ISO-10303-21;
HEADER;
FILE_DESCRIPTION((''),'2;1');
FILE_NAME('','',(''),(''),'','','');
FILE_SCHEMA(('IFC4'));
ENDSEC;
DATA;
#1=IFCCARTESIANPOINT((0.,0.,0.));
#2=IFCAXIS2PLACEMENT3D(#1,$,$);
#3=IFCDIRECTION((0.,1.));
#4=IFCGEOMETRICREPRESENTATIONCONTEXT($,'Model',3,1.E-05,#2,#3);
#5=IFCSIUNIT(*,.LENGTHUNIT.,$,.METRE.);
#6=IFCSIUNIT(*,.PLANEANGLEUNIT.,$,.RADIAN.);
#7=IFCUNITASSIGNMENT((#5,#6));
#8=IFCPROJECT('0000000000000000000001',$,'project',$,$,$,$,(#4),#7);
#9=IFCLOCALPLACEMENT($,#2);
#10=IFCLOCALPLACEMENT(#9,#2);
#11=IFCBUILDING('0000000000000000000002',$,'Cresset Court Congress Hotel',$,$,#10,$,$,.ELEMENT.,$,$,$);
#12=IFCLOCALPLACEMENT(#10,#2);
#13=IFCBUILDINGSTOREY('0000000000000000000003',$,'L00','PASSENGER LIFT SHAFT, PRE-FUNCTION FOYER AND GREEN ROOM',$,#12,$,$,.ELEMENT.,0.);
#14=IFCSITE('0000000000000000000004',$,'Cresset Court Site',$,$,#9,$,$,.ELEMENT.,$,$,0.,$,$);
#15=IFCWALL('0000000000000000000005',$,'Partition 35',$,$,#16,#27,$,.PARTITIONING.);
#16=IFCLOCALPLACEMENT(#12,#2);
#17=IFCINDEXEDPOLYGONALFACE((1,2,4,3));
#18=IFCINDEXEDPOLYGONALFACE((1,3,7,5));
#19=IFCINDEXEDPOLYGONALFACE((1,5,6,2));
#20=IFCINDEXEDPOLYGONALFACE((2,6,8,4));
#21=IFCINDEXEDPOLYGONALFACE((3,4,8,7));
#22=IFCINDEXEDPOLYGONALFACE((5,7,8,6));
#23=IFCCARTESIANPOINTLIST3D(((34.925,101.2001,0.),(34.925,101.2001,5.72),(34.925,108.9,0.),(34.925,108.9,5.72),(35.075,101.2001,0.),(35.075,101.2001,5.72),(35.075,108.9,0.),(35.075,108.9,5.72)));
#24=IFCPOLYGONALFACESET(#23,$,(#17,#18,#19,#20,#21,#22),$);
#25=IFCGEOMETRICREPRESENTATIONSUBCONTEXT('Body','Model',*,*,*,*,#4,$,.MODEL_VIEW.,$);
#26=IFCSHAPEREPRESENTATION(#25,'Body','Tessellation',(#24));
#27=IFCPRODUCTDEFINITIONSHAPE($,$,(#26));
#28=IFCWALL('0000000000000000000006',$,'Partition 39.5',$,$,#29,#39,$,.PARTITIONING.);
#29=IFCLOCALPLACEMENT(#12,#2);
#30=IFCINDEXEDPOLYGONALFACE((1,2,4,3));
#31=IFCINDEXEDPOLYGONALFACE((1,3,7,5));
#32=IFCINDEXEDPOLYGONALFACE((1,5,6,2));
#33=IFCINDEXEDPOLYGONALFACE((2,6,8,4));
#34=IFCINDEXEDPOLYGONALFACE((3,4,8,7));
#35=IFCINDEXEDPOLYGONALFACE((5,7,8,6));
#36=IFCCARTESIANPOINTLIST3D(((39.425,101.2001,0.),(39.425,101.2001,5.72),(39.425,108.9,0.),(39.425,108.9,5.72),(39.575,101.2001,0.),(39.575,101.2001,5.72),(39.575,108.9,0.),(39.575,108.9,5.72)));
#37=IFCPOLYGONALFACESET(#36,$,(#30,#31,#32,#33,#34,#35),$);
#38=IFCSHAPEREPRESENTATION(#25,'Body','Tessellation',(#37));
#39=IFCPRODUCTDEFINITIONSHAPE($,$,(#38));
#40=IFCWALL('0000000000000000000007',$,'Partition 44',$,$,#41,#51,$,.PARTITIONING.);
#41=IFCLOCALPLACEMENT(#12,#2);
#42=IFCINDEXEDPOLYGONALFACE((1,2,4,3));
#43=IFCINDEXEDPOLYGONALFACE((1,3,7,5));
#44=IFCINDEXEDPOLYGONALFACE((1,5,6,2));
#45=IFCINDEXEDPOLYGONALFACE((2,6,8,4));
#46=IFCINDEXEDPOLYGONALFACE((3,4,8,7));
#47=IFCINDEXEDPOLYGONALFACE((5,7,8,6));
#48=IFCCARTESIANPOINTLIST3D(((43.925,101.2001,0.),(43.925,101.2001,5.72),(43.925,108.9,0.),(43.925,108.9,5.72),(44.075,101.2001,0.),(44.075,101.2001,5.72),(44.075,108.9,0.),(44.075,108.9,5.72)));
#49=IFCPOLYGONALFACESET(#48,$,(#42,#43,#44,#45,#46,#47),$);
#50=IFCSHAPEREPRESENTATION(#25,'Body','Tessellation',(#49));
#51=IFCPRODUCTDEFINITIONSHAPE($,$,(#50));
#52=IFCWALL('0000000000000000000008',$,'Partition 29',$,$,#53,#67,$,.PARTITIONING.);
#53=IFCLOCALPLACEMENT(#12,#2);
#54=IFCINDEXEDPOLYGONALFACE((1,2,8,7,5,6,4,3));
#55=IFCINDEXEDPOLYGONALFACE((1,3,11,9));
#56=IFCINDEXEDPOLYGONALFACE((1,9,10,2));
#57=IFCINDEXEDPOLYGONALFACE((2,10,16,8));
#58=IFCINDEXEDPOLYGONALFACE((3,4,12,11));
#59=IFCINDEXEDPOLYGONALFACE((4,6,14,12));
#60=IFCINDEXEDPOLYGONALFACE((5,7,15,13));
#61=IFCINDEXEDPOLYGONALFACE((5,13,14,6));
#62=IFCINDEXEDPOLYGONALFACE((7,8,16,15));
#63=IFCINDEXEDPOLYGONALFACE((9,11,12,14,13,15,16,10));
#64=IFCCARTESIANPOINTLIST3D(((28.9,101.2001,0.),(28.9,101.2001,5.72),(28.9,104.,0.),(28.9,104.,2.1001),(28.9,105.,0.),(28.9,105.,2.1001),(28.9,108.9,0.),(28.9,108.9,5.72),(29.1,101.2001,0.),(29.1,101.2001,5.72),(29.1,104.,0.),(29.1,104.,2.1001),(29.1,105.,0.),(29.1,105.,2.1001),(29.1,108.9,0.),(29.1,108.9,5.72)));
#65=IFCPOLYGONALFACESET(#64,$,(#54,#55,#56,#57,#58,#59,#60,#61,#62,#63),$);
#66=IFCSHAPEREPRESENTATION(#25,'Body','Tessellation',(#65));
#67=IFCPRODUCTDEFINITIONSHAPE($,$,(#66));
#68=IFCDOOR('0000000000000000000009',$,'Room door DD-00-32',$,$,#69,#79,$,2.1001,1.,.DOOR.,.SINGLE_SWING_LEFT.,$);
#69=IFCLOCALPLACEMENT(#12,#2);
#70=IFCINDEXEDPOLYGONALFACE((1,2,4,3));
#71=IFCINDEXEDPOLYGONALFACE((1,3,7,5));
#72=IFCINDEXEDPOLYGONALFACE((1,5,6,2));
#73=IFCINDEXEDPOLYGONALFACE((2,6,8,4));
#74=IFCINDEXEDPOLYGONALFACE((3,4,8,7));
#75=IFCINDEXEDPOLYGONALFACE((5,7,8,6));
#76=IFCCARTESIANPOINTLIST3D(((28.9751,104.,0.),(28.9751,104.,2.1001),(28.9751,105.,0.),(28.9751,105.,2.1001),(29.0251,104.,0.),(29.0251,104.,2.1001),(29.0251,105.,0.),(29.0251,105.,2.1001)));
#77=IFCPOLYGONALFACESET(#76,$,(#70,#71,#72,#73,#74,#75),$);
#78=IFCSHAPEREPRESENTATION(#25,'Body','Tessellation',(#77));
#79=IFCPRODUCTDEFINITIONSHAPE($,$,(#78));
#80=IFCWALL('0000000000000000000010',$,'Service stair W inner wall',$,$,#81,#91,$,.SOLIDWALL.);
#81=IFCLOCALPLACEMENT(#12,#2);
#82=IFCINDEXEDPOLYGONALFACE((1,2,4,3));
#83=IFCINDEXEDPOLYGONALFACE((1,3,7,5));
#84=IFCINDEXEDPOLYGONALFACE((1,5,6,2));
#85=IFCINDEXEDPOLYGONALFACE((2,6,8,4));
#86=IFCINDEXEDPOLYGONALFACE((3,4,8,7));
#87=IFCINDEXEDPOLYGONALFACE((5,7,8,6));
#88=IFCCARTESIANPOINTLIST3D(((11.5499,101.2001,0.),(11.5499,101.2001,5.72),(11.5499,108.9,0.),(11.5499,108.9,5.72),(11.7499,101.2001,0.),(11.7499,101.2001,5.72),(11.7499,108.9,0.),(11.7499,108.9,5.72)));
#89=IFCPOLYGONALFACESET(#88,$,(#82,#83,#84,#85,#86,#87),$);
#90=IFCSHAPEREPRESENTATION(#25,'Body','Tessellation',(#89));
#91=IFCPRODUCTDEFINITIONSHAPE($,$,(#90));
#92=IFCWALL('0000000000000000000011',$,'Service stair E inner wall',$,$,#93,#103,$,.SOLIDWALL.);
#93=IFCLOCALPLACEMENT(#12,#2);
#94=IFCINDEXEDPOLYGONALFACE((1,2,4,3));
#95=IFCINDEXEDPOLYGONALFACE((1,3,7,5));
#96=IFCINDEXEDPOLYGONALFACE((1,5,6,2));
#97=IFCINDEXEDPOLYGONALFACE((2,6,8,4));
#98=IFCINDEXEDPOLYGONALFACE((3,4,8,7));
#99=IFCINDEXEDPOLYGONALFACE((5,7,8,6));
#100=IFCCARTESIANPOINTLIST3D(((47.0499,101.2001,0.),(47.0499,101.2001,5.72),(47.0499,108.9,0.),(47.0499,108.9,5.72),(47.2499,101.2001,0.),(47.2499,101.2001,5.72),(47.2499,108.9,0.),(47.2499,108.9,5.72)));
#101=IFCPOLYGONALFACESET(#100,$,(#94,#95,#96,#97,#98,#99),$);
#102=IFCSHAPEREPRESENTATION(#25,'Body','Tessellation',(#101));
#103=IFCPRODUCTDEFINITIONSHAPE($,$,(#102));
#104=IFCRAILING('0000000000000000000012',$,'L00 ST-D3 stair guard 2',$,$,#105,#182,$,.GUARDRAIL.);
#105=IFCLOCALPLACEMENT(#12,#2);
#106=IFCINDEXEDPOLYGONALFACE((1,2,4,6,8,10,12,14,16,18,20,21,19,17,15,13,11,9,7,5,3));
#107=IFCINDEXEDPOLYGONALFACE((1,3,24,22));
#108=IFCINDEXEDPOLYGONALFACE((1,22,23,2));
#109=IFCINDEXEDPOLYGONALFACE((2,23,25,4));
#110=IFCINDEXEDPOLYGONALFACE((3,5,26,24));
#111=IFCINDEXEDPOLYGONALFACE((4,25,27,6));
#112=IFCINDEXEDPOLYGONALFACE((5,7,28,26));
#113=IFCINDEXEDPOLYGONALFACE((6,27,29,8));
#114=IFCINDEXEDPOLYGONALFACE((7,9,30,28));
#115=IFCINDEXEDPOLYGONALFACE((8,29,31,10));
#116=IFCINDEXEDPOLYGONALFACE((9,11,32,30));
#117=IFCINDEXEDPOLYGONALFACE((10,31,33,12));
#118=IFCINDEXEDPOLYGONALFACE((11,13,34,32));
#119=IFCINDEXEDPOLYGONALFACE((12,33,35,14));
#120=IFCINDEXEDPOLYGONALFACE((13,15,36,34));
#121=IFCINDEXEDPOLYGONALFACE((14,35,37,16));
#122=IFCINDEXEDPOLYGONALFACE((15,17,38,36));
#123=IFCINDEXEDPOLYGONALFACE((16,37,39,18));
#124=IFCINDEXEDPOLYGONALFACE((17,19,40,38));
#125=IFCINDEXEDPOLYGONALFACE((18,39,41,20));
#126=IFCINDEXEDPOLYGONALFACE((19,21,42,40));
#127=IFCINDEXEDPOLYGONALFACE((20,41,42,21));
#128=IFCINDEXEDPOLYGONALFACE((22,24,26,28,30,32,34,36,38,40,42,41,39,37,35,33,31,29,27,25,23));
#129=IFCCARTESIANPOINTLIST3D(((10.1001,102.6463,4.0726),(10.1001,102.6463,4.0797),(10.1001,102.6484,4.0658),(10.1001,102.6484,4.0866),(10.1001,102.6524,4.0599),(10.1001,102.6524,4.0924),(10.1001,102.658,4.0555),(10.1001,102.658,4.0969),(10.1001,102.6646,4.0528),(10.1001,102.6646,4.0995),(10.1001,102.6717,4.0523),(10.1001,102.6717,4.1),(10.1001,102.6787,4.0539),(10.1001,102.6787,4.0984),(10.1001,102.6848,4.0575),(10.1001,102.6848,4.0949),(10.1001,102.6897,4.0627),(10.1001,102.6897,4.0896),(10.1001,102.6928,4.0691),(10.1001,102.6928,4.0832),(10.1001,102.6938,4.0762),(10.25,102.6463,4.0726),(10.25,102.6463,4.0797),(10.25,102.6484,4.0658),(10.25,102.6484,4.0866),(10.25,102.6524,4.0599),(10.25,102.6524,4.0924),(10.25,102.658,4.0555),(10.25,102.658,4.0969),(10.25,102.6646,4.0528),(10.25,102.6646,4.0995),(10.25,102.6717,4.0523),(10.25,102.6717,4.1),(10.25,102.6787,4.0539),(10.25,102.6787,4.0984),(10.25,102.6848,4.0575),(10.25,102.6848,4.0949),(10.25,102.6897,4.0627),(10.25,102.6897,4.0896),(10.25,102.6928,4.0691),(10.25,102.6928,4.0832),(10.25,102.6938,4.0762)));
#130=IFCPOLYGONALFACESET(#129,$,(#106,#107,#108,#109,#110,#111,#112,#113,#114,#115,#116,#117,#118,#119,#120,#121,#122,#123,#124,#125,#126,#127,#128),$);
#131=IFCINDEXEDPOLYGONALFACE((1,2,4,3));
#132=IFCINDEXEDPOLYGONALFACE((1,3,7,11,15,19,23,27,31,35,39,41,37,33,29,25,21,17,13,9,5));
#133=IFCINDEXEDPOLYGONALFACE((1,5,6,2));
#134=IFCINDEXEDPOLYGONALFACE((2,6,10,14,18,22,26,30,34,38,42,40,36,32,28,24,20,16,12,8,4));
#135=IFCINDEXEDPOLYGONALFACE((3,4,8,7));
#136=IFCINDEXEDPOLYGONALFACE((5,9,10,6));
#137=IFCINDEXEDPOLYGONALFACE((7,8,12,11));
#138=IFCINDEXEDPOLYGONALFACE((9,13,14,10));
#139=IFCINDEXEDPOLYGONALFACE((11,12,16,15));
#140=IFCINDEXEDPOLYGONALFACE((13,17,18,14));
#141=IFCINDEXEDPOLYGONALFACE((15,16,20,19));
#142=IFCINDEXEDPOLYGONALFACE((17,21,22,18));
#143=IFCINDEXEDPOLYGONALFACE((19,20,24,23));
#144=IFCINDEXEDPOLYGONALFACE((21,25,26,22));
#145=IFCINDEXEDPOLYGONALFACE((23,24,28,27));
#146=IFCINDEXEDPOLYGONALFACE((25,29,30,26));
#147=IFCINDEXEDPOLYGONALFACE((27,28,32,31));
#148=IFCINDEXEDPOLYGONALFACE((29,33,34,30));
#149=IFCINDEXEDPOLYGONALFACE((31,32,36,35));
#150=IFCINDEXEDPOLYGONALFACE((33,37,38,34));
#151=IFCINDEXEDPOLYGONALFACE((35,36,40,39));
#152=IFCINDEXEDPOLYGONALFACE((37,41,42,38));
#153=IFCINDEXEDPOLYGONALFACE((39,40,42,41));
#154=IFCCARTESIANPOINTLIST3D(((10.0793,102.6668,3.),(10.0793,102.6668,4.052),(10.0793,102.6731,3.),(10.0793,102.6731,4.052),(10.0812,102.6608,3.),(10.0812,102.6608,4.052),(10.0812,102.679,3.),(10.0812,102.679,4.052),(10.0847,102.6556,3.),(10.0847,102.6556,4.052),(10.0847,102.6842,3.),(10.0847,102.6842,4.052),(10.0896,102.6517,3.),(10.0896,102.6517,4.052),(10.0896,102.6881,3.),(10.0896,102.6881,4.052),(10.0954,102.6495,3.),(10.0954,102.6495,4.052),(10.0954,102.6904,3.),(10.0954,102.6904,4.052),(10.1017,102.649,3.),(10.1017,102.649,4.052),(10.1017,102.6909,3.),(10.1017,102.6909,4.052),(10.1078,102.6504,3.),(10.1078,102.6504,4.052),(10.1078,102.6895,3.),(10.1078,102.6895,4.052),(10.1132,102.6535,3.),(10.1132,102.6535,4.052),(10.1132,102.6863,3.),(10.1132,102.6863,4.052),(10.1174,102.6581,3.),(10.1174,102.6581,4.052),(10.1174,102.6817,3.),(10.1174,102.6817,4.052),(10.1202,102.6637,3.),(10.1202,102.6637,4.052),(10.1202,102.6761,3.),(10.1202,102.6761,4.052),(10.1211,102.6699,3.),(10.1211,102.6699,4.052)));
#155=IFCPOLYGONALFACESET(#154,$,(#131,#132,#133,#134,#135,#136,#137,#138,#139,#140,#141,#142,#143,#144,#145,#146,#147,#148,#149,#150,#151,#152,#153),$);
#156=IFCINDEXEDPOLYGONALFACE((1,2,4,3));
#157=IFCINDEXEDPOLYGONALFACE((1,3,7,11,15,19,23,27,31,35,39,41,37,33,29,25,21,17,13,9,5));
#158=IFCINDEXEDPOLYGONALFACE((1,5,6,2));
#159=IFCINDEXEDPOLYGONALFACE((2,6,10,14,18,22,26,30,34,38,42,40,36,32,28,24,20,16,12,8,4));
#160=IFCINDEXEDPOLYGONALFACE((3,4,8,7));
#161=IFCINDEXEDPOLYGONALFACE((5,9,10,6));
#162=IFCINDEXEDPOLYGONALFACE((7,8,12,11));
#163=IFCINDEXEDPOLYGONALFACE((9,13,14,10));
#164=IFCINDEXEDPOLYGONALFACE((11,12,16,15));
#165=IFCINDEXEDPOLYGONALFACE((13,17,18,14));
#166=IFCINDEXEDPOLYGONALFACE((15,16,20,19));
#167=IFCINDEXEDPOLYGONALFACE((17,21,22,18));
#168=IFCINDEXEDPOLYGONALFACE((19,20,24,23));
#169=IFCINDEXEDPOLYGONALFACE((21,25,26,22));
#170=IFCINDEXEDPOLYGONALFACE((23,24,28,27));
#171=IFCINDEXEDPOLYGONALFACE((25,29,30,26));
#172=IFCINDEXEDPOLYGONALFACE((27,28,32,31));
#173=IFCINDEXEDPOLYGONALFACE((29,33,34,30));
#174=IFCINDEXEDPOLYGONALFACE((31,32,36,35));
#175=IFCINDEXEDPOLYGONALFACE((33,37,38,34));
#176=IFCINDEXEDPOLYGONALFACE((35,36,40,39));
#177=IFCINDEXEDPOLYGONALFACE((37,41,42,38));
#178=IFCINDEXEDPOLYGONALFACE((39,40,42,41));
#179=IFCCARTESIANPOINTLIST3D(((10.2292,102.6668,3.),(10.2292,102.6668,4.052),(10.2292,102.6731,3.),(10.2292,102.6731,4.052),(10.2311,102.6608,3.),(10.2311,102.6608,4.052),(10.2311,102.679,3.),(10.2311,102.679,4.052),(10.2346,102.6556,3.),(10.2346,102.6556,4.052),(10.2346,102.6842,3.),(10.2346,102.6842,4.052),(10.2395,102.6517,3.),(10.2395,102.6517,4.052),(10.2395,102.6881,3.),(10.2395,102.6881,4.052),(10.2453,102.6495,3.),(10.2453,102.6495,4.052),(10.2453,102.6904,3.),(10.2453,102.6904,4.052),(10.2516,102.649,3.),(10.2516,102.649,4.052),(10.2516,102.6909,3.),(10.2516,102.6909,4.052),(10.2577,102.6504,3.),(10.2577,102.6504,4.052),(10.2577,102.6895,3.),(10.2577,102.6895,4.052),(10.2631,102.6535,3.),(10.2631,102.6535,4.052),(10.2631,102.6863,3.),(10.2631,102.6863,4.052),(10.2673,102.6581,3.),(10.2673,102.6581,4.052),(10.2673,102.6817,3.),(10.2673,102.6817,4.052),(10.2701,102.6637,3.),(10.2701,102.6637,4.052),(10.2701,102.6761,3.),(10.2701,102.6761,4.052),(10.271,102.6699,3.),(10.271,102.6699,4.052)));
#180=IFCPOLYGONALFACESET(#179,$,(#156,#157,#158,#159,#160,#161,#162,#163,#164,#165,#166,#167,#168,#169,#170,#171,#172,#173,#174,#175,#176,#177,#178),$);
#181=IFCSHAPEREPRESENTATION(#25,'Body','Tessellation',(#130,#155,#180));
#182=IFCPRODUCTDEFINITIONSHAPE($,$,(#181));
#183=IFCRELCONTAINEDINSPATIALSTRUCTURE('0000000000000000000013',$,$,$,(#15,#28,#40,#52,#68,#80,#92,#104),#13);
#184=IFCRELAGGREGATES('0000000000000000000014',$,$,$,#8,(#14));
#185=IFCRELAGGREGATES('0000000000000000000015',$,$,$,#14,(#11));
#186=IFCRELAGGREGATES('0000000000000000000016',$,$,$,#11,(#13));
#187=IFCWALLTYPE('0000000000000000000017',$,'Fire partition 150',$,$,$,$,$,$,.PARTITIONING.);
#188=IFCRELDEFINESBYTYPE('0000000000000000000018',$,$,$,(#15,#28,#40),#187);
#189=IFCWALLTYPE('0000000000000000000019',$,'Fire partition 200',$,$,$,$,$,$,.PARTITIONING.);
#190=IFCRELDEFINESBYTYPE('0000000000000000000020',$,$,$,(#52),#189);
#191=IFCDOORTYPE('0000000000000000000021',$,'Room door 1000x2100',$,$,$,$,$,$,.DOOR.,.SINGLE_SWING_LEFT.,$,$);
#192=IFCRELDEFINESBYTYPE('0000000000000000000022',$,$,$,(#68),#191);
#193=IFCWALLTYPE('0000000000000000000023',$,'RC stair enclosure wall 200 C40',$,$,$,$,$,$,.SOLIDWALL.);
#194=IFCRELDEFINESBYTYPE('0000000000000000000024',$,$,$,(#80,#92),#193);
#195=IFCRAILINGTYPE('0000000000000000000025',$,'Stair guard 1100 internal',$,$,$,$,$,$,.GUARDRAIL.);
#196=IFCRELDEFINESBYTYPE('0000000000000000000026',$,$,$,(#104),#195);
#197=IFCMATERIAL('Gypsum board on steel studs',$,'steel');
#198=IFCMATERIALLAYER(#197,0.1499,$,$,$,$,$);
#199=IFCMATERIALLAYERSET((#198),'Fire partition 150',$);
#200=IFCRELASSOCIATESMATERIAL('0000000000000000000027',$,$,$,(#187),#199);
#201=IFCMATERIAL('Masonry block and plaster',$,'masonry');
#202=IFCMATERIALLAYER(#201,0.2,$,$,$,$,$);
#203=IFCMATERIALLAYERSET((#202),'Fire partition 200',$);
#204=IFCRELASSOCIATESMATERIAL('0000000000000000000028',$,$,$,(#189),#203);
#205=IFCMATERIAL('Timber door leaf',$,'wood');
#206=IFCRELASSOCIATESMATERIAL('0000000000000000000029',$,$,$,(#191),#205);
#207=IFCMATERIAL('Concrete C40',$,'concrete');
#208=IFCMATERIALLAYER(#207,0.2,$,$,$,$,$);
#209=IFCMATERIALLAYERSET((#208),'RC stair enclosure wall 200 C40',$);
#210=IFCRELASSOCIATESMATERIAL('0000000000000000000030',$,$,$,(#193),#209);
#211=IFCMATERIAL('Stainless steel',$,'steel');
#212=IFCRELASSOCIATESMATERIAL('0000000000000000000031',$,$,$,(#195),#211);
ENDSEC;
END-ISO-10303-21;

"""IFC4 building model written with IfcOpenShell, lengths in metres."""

from ifc_helpers import new_model, si_unit, direction, frame, frame_2d, origin, origin_2d, place, context, subcontext, project, spatial, rectangle, circle, extrude, material, layer, layer_set, type_object, element, fill, save


model = new_model("IFC4")

# Units and contexts
model_context = context("Model", 3, precision=1e-05, world=origin(), true_north=direction((0.0, 1.0)))
body_context = subcontext(model_context, "Body", "Model", "MODEL_VIEW")
ifc_project = project(units=[si_unit("LENGTHUNIT", "METRE"), si_unit("PLANEANGLEUNIT", "RADIAN")], contexts=[model_context])

# Site, building, storey
site_placement = place(None, origin())
site = spatial("IfcSite", under=ifc_project, at=site_placement, Name="Cresset Court Site", CompositionType="ELEMENT", RefElevation=0.0)
building_placement = place(site_placement, origin())
building = spatial("IfcBuilding", under=site, at=building_placement, Name="Cresset Court Congress Hotel", CompositionType="ELEMENT")
storey_placement = place(building_placement, origin())
storey = spatial("IfcBuildingStorey", under=building, at=storey_placement, Name="L00", Description="PASSENGER LIFT SHAFT, PRE-FUNCTION FOYER AND GREEN ROOM", CompositionType="ELEMENT", Elevation=0.0)

# Walls
ifc_material_1 = material(Name="Gypsum board on steel studs", Category="steel")
ifc_layer_1 = layer(ifc_material_1, 0.1499)
ifc_layer_set_1 = layer_set([ifc_layer_1], Name="Fire partition 150")
wall_type_1 = type_object("IfcWallType", Name="Fire partition 150", PredefinedType="PARTITIONING", material=ifc_layer_set_1)
for number, where, z_axis, x_axis, name in (
    (1, (35.0, 101.2, 0.0), (0.0, 0.0, 1.0), (0.0, 1.0, 0.0), "Partition 35"),
    (2, (39.5, 101.2, 0.0), (0.0, 0.0, 1.0), (0.0, 1.0, 0.0), "Partition 39.5"),
    (3, (44.0, 101.2, 0.0), (0.0, 0.0, 1.0), (0.0, 1.0, 0.0), "Partition 44"),
):
    element("IfcWall", number, at=place(storey_placement, frame(where, z_axis=z_axis, x_axis=x_axis)), inside=storey, type_object=wall_type_1, Name=name, PredefinedType="PARTITIONING", context=body_context, shape_type="SweptSolid", body=[
        extrude(rectangle(XDim=7.7, YDim=0.1499, at=frame_2d((3.8501, 0.0))), origin(), (0.0, 0.0, 1.0), 5.72),
    ])

# Wall, opening, door
ifc_material_2 = material(Name="Masonry block and plaster", Category="masonry")
ifc_layer_2 = layer(ifc_material_2, 0.2)
ifc_layer_set_2 = layer_set([ifc_layer_2], Name="Fire partition 200")
wall_type_2 = type_object("IfcWallType", Name="Fire partition 200", PredefinedType="PARTITIONING", material=ifc_layer_set_2)
wall_placement = place(storey_placement, frame((29.0, 101.2, 0.0), z_axis=(0.0, 0.0, 1.0), x_axis=(0.0, 1.0, 0.0)))
wall = element("IfcWall", 4, at=wall_placement, inside=storey, type_object=wall_type_2, Name="Partition 29", PredefinedType="PARTITIONING", context=body_context, shape_type="SweptSolid", body=[
    extrude(rectangle(XDim=7.7, YDim=0.2, at=frame_2d((3.8501, 0.0))), origin(), (0.0, 0.0, 1.0), 5.72),
])
opening_placement = place(wall_placement, frame((2.8, 0.0, 0.0)))
opening = element("IfcOpeningElement", 5, at=opening_placement, cuts=wall, PredefinedType="OPENING", context=body_context, shape_type="SweptSolid", body=[
    extrude(rectangle(XDim=1.0, YDim=2.1001, at=frame_2d((0.5, 1.05))), frame((0.0, 0.1099, 0.0), z_axis=(0.0, -1.0, 0.0), x_axis=(1.0, 0.0, 0.0)), (0.0, 0.0, 1.0), 0.22),
])
ifc_material_3 = material(Name="Timber door leaf", Category="wood")
door_type = type_object("IfcDoorType", Name="Room door 1000x2100", OperationType="SINGLE_SWING_LEFT", PredefinedType="DOOR", material=ifc_material_3)
door_placement = place(opening_placement, origin())
door = element("IfcDoor", 6, at=door_placement, inside=storey, type_object=door_type, Name="Room door DD-00-32", OperationType="SINGLE_SWING_LEFT", OverallHeight=2.1001, OverallWidth=1.0, PredefinedType="DOOR", context=body_context, shape_type="SweptSolid", body=[
    extrude(rectangle(XDim=1.0, YDim=2.1001, at=frame_2d((0.5, 1.05))), frame((0.0, 0.0249, 0.0), z_axis=(0.0, -1.0, 0.0), x_axis=(1.0, 0.0, 0.0)), (0.0, 0.0, 1.0), 0.05),
])
fill(opening, door)

# Walls
ifc_material_4 = material(Name="Concrete C40", Category="concrete")
ifc_layer_3 = layer(ifc_material_4, 0.2)
ifc_layer_set_3 = layer_set([ifc_layer_3], Name="RC stair enclosure wall 200 C40")
wall_type_3 = type_object("IfcWallType", Name="RC stair enclosure wall 200 C40", PredefinedType="SOLIDWALL", material=ifc_layer_set_3)
for number, where, z_axis, x_axis, name in (
    (7, (11.6499, 101.2, 0.0), (0.0, 0.0, 1.0), (0.0, 1.0, 0.0), "Service stair W inner wall"),
    (8, (47.1499, 101.2, 0.0), (0.0, 0.0, 1.0), (0.0, 1.0, 0.0), "Service stair E inner wall"),
):
    element("IfcWall", number, at=place(storey_placement, frame(where, z_axis=z_axis, x_axis=x_axis)), inside=storey, type_object=wall_type_3, Name=name, PredefinedType="SOLIDWALL", context=body_context, shape_type="SweptSolid", body=[
        extrude(rectangle(XDim=7.7, YDim=0.2, at=frame_2d((3.8501, 0.0))), origin(), (0.0, 0.0, 1.0), 5.72),
    ])

# Railing
ifc_material_5 = material(Name="Stainless steel", Category="steel")
railing_type = type_object("IfcRailingType", Name="Stair guard 1100 internal", PredefinedType="GUARDRAIL", material=ifc_material_5)
for number, where, name in (
    (9, (10.1001, 102.6699, 3.0), "L00 ST-D3 stair guard 2"),
):
    element("IfcRailing", number, at=place(storey_placement, frame(where)), inside=storey, type_object=railing_type, Name=name, PredefinedType="GUARDRAIL", context=body_context, shape_type="SweptSolid", body=[
        extrude(circle(Radius=0.0239, at=origin_2d()), frame((0.0, 0.0, 1.0762), z_axis=(1.0, 0.0, 0.0), x_axis=(0.0, 1.0, 0.0)), (0.0, 0.0, 1.0), 0.1499),
        extrude(circle(Radius=0.021, at=origin_2d()), origin(), (0.0, 0.0, 1.0), 1.052),
        extrude(circle(Radius=0.021, at=origin_2d()), frame((0.1499, 0.0, 0.0)), (0.0, 0.0, 1.0), 1.052),
    ])

save(model, "model.ifc")
